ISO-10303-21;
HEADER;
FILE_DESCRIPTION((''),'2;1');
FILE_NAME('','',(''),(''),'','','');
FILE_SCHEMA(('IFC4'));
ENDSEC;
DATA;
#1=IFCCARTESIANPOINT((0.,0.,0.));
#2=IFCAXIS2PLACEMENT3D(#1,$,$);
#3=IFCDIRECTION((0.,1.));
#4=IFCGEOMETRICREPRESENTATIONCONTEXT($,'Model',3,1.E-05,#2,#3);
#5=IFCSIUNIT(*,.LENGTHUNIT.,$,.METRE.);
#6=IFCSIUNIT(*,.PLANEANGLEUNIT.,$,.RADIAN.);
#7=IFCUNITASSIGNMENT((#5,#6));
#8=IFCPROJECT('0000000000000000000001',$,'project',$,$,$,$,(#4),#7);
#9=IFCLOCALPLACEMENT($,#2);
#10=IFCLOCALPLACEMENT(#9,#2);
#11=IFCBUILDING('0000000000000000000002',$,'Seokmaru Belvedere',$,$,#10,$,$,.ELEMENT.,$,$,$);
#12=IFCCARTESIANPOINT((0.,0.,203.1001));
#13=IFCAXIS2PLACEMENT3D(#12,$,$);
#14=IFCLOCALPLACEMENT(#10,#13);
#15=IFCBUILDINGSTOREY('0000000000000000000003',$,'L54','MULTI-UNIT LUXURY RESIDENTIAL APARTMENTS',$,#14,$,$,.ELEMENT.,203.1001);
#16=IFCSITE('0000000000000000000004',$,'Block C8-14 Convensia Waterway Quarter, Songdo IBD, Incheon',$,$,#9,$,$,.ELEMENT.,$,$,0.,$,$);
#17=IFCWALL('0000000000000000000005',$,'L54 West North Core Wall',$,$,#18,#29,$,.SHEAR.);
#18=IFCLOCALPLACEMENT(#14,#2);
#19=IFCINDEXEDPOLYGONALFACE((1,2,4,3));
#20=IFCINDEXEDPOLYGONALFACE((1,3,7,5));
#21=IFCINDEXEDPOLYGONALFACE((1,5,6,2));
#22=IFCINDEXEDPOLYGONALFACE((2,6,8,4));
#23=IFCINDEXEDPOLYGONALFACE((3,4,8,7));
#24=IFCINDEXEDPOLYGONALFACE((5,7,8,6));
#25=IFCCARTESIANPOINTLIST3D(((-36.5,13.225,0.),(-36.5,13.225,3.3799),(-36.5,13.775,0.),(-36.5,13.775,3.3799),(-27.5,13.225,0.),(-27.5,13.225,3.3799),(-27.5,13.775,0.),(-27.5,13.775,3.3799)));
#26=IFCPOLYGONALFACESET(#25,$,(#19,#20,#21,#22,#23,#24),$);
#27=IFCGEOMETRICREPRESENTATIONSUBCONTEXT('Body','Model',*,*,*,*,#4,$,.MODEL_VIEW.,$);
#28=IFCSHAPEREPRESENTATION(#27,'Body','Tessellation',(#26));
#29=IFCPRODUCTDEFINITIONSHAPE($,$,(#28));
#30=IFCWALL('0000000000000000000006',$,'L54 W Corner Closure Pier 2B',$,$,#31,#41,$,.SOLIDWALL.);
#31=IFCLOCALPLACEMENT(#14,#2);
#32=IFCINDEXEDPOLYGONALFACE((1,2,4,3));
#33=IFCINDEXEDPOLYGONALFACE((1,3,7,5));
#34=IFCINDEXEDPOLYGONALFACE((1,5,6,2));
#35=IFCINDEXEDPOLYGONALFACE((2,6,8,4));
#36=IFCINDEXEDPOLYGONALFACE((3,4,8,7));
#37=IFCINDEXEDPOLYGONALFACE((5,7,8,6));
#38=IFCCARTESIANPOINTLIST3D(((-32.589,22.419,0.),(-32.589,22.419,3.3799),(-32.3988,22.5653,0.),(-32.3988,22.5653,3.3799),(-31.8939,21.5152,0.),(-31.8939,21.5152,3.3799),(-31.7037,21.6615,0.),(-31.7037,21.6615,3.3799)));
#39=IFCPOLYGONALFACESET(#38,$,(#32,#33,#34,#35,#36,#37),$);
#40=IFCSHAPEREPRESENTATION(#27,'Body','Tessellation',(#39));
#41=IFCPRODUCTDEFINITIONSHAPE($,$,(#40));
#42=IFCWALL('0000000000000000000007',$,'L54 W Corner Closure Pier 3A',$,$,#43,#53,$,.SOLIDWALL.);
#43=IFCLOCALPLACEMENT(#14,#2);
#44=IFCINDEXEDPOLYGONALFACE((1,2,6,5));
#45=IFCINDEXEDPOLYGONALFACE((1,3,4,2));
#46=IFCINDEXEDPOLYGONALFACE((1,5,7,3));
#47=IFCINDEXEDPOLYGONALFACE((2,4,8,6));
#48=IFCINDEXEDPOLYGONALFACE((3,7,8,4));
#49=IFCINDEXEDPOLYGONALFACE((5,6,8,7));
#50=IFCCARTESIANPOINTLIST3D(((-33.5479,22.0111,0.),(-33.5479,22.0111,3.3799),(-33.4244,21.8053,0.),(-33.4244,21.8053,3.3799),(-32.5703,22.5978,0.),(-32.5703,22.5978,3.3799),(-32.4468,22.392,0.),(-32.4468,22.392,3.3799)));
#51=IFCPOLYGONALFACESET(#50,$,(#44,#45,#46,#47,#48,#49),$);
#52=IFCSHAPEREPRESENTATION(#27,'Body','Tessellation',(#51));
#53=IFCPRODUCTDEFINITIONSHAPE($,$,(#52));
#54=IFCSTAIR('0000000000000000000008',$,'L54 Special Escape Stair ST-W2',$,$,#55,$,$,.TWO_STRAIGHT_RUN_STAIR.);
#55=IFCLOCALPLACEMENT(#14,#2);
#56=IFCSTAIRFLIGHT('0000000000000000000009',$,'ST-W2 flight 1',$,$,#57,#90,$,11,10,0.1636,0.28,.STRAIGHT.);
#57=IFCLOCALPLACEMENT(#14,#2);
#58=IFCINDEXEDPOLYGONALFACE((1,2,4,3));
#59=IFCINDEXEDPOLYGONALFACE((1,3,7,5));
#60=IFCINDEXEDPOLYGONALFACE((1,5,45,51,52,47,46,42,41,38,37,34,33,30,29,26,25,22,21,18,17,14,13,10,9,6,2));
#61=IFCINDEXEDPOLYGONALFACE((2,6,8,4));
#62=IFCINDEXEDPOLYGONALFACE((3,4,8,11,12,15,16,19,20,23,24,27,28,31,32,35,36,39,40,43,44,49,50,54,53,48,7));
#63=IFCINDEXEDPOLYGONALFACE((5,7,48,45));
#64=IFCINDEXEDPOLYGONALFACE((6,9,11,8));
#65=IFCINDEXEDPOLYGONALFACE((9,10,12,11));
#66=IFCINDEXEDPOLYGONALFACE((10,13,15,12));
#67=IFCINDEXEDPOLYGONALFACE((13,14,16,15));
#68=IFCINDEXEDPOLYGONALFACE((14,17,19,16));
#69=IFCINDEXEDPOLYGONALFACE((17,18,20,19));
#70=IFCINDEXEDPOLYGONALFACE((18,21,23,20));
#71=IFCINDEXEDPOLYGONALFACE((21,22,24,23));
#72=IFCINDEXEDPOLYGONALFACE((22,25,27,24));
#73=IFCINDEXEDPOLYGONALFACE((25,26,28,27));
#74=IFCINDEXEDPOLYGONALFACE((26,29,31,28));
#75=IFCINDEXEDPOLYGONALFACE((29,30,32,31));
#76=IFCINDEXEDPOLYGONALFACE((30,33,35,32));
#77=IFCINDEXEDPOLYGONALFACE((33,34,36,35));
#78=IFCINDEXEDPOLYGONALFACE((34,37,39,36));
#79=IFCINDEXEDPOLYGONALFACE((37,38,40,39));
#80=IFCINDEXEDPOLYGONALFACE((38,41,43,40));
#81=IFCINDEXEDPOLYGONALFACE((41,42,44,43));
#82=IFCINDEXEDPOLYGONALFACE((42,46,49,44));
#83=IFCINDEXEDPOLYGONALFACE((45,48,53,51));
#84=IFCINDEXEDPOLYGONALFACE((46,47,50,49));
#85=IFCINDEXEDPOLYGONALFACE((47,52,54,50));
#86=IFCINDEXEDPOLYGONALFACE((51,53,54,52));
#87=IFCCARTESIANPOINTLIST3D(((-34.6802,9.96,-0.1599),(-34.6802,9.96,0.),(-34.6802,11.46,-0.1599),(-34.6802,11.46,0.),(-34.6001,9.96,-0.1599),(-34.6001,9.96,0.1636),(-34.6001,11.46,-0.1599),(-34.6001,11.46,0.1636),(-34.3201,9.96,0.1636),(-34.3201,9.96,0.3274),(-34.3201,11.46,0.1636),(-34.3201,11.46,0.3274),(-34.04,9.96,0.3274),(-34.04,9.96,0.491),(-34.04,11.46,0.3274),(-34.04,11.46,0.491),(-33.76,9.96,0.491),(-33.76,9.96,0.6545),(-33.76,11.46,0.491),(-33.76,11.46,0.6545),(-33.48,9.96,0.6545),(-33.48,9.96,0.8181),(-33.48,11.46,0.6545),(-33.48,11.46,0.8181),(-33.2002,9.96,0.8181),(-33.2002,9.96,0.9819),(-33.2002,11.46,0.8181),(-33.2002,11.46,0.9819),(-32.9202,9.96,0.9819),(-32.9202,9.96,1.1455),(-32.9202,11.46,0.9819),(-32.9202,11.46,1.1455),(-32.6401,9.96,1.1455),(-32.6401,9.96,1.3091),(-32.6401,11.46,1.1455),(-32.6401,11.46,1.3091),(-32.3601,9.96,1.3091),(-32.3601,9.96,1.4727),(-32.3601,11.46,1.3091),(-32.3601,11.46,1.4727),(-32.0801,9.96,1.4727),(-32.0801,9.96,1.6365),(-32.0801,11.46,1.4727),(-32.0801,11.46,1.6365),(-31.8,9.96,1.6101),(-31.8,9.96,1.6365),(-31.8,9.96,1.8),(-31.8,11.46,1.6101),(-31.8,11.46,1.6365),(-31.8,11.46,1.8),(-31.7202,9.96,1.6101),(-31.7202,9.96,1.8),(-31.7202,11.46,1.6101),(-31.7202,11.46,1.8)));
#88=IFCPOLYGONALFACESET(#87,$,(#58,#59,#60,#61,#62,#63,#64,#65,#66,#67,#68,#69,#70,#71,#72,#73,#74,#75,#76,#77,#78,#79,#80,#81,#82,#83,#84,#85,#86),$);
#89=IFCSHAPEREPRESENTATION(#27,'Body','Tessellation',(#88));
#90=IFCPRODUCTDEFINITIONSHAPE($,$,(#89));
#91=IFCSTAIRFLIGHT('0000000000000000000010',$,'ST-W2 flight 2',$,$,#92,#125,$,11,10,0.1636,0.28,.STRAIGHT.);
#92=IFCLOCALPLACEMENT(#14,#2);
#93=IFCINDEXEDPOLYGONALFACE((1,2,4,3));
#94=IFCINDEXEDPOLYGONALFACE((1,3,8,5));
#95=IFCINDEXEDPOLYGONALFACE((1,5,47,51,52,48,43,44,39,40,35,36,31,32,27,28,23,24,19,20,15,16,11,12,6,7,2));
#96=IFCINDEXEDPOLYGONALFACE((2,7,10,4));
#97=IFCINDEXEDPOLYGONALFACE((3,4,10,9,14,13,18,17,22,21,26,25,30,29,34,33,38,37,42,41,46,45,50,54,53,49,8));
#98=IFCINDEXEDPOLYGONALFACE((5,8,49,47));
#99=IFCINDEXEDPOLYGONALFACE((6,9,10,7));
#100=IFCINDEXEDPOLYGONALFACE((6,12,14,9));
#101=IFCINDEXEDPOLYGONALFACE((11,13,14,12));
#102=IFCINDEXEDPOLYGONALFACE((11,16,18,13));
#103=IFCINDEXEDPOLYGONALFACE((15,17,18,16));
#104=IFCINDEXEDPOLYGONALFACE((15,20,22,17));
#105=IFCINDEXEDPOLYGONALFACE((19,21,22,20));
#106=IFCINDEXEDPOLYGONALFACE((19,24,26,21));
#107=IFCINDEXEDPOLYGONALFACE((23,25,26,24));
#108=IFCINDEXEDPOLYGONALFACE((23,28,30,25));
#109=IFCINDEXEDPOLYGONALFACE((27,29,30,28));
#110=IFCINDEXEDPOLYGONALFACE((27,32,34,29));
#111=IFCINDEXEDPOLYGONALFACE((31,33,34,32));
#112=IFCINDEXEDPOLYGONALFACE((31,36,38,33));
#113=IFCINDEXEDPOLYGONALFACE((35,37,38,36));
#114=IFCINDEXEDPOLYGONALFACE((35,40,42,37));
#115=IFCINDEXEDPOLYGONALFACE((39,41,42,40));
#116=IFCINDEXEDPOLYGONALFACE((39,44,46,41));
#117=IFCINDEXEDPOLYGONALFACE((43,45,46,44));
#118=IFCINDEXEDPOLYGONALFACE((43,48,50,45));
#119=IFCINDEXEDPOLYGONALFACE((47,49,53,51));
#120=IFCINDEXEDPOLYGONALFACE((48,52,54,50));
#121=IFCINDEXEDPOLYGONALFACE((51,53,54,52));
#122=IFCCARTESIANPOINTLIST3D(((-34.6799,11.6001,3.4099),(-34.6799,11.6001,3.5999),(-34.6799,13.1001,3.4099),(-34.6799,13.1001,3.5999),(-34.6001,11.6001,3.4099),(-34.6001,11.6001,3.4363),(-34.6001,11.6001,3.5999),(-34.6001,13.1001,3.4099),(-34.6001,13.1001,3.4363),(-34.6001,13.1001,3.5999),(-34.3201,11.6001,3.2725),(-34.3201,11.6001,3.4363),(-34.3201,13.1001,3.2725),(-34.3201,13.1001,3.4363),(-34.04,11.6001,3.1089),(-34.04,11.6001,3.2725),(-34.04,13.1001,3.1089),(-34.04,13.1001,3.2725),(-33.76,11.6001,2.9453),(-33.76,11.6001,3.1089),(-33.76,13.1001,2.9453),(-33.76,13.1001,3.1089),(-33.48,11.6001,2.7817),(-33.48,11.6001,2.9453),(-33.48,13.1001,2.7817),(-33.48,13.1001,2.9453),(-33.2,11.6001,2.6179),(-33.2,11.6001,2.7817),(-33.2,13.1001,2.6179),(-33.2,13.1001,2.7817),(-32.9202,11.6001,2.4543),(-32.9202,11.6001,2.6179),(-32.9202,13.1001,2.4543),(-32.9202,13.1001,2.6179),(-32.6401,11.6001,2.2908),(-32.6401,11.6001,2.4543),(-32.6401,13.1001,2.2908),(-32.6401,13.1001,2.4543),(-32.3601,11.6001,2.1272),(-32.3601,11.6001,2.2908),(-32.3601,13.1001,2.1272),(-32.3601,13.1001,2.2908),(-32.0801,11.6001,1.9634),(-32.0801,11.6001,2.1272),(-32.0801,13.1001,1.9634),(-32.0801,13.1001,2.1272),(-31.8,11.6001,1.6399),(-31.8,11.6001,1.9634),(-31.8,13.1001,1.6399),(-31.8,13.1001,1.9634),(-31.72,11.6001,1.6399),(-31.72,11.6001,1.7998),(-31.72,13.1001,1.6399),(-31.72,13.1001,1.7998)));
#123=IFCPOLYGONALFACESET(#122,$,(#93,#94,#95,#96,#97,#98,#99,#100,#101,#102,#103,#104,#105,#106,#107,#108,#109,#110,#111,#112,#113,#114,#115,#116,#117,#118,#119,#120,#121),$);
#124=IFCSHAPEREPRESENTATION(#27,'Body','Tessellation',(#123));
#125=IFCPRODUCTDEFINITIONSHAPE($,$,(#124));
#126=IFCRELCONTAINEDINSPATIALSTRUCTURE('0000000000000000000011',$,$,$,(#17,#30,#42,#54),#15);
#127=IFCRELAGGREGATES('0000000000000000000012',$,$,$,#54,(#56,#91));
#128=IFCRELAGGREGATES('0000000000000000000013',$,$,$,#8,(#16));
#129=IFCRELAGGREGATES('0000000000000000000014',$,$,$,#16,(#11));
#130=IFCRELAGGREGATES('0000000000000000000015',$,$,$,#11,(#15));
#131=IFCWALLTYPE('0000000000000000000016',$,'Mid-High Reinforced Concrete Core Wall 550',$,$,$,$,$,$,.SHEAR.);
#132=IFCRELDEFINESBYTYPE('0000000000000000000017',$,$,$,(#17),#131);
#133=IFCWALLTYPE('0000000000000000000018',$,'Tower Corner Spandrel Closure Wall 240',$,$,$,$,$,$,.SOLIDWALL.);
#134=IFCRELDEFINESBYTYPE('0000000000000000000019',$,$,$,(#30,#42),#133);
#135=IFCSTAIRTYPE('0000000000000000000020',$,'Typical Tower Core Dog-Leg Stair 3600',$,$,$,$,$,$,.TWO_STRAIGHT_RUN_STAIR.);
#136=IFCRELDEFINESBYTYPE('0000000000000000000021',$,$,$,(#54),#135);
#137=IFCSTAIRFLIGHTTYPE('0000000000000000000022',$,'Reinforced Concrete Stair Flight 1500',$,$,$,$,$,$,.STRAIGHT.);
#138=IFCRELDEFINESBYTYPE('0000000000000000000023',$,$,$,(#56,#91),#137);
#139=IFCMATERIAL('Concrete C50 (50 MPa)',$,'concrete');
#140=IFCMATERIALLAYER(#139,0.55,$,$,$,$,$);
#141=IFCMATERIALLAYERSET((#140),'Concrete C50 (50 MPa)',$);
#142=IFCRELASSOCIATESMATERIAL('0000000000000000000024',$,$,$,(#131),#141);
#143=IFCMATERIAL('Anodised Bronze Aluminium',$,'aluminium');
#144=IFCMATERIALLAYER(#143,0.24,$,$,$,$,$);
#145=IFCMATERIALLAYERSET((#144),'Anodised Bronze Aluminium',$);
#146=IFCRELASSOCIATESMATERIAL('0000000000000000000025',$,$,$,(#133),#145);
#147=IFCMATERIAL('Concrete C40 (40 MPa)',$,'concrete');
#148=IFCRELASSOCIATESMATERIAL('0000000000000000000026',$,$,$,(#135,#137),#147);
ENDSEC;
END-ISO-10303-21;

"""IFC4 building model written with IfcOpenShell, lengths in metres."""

from ifc_helpers import new_model, si_unit, direction, frame, frame_2d, origin, place, context, subcontext, project, spatial, polyline, rectangle, outline, extrude, material, layer, layer_set, type_object, element, aggregate, save


model = new_model("IFC4")

# Units and contexts
model_context = context("Model", 3, precision=1e-05, world=origin(), true_north=direction((0.0, 1.0)))
body_context = subcontext(model_context, "Body", "Model", "MODEL_VIEW")
ifc_project = project(units=[si_unit("LENGTHUNIT", "METRE"), si_unit("PLANEANGLEUNIT", "RADIAN")], contexts=[model_context])

# Site, building, storey
site_placement = place(None, origin())
site = spatial("IfcSite", under=ifc_project, at=site_placement, Name="Block C8-14 Convensia Waterway Quarter, Songdo IBD, Incheon", CompositionType="ELEMENT", RefElevation=0.0)
building_placement = place(site_placement, origin())
building = spatial("IfcBuilding", under=site, at=building_placement, Name="Seokmaru Belvedere", CompositionType="ELEMENT")
storey_placement = place(building_placement, frame((0.0, 0.0, 203.1001)))
storey = spatial("IfcBuildingStorey", under=building, at=storey_placement, Name="L54", Description="MULTI-UNIT LUXURY RESIDENTIAL APARTMENTS", CompositionType="ELEMENT", Elevation=203.1001)

# Shared definitions
ifc_material_1 = material(Name="Anodised Bronze Aluminium", Category="aluminium")

# Shared definitions
ifc_material_2 = material(Name="Concrete C50 (50 MPa)", Category="concrete")

# Wall
ifc_layer_1 = layer(ifc_material_2, 0.55)
ifc_layer_set_1 = layer_set([ifc_layer_1], Name="Concrete C50 (50 MPa)")
wall_type_1 = type_object("IfcWallType", Name="Mid-High Reinforced Concrete Core Wall 550", PredefinedType="SHEAR", material=ifc_layer_set_1)
wall_1_placement = place(storey_placement, frame((-36.5, 13.5, 0.0), z_axis=(0.0, 0.0, 1.0), x_axis=(1.0, 0.0, 0.0)))
element("IfcWall", 1, at=wall_1_placement, inside=storey, type_object=wall_type_1, Name="L54 West North Core Wall", PredefinedType="SHEAR", context=body_context, shape_type="SweptSolid", body=[
    extrude(rectangle(XDim=9.0, YDim=0.55, at=frame_2d((4.5, 0.0))), origin(), (0.0, 0.0, 1.0), 3.3799),
])

# Walls
ifc_layer_2 = layer(ifc_material_1, 0.24)
ifc_layer_set_2 = layer_set([ifc_layer_2], Name="Anodised Bronze Aluminium")
wall_type_2 = type_object("IfcWallType", Name="Tower Corner Spandrel Closure Wall 240", PredefinedType="SOLIDWALL", material=ifc_layer_set_2)
for number, where, z_axis, x_axis, name in (
    (2, (-31.7988, 21.5884, 0.0), (0.0, 0.0, 1.0), (-0.609618, 0.792696, 0.0), "L54 W Corner Closure Pier 2B"),
    (3, (-32.5085, 22.4949, 0.0), (0.0, 0.0, 1.0), (-0.857436, -0.51459, 0.0), "L54 W Corner Closure Pier 3A"),
):
    element("IfcWall", number, at=place(storey_placement, frame(where, z_axis=z_axis, x_axis=x_axis)), inside=storey, type_object=wall_type_2, Name=name, PredefinedType="SOLIDWALL", context=body_context, shape_type="SweptSolid", body=[
        extrude(rectangle(XDim=1.1401, YDim=0.24, at=frame_2d((0.5701, 0.0))), origin(), (0.0, 0.0, 1.0), 3.3799),
    ])

# Stair, stair flights
ifc_material_3 = material(Name="Concrete C40 (40 MPa)", Category="concrete")
stair_type = type_object("IfcStairType", Name="Typical Tower Core Dog-Leg Stair 3600", PredefinedType="TWO_STRAIGHT_RUN_STAIR", material=ifc_material_3)
stair_placement = place(storey_placement, origin())
stair = element("IfcStair", 4, at=stair_placement, inside=storey, type_object=stair_type, Name="L54 Special Escape Stair ST-W2", PredefinedType="TWO_STRAIGHT_RUN_STAIR")
stair_flight_type = type_object("IfcStairFlightType", Name="Reinforced Concrete Stair Flight 1500", PredefinedType="STRAIGHT", material=ifc_material_3)
stair_flight_1_placement = place(storey_placement, frame((-34.6001, 10.71, 0.0), z_axis=(0.0, 0.0, 1.0), x_axis=(1.0, 0.0, 0.0)))
stair_flight_1 = element("IfcStairFlight", 5, at=stair_flight_1_placement, type_object=stair_flight_type, Name="ST-W2 flight 1", NumberOfRisers=11, NumberOfTreads=10, PredefinedType="STRAIGHT", RiserHeight=0.1636, TreadLength=0.28, context=body_context, shape_type="SweptSolid", body=[
    extrude(outline(polyline([(-0.0801, 0.0), (0.0, 0.1636), (0.28, 0.1636), (0.28, 0.3274), (0.5601, 0.3274), (0.5601, 0.491), (0.8401, 0.491), (0.8401, 0.6545), (1.1201, 0.6545), (1.1201, 0.8181), (1.3999, 0.8181), (1.3999, 0.9819), (1.6799, 0.9819), (1.6799, 1.1455), (1.96, 1.1455), (1.96, 1.3091), (2.24, 1.3091), (2.24, 1.4727), (2.52, 1.4727), (2.52, 1.6365), (2.8, 1.6365), (2.8, 1.8), (2.8799, 1.8), (2.8799, 1.6101), (2.8, 1.6101), (0.0, -0.1599), (-0.0801, -0.1599), (-0.0801, 0.0)])), frame((0.0, 0.75, 0.0), z_axis=(0.0, -1.0, 0.0), x_axis=(1.0, 0.0, 0.0)), (0.0, 0.0, 1.0), 1.5),
])
stair_flight_2_placement = place(storey_placement, frame((-31.8, 12.3501, 1.7998), z_axis=(0.0, 0.0, 1.0), x_axis=(-1.0, 0.0, 0.0)))
stair_flight_2 = element("IfcStairFlight", 6, at=stair_flight_2_placement, type_object=stair_flight_type, Name="ST-W2 flight 2", NumberOfRisers=11, NumberOfTreads=10, PredefinedType="STRAIGHT", RiserHeight=0.1636, TreadLength=0.28, context=body_context, shape_type="SweptSolid", body=[
    extrude(outline(polyline([(-0.0801, 0.0), (0.0, 0.1636), (0.28, 0.1636), (0.28, 0.3274), (0.5601, 0.3274), (0.5601, 0.491), (0.8401, 0.491), (0.8401, 0.6545), (1.1201, 0.6545), (1.1201, 0.8181), (1.3999, 0.8181), (1.3999, 0.9819), (1.6799, 0.9819), (1.6799, 1.1455), (1.96, 1.1455), (1.96, 1.3091), (2.24, 1.3091), (2.24, 1.4727), (2.52, 1.4727), (2.52, 1.6365), (2.8, 1.6365), (2.8, 1.8), (2.8799, 1.8), (2.8799, 1.6101), (2.8, 1.6101), (0.0, -0.1599), (-0.0801, -0.1599), (-0.0801, 0.0)])), frame((0.0, 0.75, 0.0), z_axis=(0.0, -1.0, 0.0), x_axis=(1.0, 0.0, 0.0)), (0.0, 0.0, 1.0), 1.5),
])
aggregate(stair, [stair_flight_1, stair_flight_2])

save(model, "model.ifc")
